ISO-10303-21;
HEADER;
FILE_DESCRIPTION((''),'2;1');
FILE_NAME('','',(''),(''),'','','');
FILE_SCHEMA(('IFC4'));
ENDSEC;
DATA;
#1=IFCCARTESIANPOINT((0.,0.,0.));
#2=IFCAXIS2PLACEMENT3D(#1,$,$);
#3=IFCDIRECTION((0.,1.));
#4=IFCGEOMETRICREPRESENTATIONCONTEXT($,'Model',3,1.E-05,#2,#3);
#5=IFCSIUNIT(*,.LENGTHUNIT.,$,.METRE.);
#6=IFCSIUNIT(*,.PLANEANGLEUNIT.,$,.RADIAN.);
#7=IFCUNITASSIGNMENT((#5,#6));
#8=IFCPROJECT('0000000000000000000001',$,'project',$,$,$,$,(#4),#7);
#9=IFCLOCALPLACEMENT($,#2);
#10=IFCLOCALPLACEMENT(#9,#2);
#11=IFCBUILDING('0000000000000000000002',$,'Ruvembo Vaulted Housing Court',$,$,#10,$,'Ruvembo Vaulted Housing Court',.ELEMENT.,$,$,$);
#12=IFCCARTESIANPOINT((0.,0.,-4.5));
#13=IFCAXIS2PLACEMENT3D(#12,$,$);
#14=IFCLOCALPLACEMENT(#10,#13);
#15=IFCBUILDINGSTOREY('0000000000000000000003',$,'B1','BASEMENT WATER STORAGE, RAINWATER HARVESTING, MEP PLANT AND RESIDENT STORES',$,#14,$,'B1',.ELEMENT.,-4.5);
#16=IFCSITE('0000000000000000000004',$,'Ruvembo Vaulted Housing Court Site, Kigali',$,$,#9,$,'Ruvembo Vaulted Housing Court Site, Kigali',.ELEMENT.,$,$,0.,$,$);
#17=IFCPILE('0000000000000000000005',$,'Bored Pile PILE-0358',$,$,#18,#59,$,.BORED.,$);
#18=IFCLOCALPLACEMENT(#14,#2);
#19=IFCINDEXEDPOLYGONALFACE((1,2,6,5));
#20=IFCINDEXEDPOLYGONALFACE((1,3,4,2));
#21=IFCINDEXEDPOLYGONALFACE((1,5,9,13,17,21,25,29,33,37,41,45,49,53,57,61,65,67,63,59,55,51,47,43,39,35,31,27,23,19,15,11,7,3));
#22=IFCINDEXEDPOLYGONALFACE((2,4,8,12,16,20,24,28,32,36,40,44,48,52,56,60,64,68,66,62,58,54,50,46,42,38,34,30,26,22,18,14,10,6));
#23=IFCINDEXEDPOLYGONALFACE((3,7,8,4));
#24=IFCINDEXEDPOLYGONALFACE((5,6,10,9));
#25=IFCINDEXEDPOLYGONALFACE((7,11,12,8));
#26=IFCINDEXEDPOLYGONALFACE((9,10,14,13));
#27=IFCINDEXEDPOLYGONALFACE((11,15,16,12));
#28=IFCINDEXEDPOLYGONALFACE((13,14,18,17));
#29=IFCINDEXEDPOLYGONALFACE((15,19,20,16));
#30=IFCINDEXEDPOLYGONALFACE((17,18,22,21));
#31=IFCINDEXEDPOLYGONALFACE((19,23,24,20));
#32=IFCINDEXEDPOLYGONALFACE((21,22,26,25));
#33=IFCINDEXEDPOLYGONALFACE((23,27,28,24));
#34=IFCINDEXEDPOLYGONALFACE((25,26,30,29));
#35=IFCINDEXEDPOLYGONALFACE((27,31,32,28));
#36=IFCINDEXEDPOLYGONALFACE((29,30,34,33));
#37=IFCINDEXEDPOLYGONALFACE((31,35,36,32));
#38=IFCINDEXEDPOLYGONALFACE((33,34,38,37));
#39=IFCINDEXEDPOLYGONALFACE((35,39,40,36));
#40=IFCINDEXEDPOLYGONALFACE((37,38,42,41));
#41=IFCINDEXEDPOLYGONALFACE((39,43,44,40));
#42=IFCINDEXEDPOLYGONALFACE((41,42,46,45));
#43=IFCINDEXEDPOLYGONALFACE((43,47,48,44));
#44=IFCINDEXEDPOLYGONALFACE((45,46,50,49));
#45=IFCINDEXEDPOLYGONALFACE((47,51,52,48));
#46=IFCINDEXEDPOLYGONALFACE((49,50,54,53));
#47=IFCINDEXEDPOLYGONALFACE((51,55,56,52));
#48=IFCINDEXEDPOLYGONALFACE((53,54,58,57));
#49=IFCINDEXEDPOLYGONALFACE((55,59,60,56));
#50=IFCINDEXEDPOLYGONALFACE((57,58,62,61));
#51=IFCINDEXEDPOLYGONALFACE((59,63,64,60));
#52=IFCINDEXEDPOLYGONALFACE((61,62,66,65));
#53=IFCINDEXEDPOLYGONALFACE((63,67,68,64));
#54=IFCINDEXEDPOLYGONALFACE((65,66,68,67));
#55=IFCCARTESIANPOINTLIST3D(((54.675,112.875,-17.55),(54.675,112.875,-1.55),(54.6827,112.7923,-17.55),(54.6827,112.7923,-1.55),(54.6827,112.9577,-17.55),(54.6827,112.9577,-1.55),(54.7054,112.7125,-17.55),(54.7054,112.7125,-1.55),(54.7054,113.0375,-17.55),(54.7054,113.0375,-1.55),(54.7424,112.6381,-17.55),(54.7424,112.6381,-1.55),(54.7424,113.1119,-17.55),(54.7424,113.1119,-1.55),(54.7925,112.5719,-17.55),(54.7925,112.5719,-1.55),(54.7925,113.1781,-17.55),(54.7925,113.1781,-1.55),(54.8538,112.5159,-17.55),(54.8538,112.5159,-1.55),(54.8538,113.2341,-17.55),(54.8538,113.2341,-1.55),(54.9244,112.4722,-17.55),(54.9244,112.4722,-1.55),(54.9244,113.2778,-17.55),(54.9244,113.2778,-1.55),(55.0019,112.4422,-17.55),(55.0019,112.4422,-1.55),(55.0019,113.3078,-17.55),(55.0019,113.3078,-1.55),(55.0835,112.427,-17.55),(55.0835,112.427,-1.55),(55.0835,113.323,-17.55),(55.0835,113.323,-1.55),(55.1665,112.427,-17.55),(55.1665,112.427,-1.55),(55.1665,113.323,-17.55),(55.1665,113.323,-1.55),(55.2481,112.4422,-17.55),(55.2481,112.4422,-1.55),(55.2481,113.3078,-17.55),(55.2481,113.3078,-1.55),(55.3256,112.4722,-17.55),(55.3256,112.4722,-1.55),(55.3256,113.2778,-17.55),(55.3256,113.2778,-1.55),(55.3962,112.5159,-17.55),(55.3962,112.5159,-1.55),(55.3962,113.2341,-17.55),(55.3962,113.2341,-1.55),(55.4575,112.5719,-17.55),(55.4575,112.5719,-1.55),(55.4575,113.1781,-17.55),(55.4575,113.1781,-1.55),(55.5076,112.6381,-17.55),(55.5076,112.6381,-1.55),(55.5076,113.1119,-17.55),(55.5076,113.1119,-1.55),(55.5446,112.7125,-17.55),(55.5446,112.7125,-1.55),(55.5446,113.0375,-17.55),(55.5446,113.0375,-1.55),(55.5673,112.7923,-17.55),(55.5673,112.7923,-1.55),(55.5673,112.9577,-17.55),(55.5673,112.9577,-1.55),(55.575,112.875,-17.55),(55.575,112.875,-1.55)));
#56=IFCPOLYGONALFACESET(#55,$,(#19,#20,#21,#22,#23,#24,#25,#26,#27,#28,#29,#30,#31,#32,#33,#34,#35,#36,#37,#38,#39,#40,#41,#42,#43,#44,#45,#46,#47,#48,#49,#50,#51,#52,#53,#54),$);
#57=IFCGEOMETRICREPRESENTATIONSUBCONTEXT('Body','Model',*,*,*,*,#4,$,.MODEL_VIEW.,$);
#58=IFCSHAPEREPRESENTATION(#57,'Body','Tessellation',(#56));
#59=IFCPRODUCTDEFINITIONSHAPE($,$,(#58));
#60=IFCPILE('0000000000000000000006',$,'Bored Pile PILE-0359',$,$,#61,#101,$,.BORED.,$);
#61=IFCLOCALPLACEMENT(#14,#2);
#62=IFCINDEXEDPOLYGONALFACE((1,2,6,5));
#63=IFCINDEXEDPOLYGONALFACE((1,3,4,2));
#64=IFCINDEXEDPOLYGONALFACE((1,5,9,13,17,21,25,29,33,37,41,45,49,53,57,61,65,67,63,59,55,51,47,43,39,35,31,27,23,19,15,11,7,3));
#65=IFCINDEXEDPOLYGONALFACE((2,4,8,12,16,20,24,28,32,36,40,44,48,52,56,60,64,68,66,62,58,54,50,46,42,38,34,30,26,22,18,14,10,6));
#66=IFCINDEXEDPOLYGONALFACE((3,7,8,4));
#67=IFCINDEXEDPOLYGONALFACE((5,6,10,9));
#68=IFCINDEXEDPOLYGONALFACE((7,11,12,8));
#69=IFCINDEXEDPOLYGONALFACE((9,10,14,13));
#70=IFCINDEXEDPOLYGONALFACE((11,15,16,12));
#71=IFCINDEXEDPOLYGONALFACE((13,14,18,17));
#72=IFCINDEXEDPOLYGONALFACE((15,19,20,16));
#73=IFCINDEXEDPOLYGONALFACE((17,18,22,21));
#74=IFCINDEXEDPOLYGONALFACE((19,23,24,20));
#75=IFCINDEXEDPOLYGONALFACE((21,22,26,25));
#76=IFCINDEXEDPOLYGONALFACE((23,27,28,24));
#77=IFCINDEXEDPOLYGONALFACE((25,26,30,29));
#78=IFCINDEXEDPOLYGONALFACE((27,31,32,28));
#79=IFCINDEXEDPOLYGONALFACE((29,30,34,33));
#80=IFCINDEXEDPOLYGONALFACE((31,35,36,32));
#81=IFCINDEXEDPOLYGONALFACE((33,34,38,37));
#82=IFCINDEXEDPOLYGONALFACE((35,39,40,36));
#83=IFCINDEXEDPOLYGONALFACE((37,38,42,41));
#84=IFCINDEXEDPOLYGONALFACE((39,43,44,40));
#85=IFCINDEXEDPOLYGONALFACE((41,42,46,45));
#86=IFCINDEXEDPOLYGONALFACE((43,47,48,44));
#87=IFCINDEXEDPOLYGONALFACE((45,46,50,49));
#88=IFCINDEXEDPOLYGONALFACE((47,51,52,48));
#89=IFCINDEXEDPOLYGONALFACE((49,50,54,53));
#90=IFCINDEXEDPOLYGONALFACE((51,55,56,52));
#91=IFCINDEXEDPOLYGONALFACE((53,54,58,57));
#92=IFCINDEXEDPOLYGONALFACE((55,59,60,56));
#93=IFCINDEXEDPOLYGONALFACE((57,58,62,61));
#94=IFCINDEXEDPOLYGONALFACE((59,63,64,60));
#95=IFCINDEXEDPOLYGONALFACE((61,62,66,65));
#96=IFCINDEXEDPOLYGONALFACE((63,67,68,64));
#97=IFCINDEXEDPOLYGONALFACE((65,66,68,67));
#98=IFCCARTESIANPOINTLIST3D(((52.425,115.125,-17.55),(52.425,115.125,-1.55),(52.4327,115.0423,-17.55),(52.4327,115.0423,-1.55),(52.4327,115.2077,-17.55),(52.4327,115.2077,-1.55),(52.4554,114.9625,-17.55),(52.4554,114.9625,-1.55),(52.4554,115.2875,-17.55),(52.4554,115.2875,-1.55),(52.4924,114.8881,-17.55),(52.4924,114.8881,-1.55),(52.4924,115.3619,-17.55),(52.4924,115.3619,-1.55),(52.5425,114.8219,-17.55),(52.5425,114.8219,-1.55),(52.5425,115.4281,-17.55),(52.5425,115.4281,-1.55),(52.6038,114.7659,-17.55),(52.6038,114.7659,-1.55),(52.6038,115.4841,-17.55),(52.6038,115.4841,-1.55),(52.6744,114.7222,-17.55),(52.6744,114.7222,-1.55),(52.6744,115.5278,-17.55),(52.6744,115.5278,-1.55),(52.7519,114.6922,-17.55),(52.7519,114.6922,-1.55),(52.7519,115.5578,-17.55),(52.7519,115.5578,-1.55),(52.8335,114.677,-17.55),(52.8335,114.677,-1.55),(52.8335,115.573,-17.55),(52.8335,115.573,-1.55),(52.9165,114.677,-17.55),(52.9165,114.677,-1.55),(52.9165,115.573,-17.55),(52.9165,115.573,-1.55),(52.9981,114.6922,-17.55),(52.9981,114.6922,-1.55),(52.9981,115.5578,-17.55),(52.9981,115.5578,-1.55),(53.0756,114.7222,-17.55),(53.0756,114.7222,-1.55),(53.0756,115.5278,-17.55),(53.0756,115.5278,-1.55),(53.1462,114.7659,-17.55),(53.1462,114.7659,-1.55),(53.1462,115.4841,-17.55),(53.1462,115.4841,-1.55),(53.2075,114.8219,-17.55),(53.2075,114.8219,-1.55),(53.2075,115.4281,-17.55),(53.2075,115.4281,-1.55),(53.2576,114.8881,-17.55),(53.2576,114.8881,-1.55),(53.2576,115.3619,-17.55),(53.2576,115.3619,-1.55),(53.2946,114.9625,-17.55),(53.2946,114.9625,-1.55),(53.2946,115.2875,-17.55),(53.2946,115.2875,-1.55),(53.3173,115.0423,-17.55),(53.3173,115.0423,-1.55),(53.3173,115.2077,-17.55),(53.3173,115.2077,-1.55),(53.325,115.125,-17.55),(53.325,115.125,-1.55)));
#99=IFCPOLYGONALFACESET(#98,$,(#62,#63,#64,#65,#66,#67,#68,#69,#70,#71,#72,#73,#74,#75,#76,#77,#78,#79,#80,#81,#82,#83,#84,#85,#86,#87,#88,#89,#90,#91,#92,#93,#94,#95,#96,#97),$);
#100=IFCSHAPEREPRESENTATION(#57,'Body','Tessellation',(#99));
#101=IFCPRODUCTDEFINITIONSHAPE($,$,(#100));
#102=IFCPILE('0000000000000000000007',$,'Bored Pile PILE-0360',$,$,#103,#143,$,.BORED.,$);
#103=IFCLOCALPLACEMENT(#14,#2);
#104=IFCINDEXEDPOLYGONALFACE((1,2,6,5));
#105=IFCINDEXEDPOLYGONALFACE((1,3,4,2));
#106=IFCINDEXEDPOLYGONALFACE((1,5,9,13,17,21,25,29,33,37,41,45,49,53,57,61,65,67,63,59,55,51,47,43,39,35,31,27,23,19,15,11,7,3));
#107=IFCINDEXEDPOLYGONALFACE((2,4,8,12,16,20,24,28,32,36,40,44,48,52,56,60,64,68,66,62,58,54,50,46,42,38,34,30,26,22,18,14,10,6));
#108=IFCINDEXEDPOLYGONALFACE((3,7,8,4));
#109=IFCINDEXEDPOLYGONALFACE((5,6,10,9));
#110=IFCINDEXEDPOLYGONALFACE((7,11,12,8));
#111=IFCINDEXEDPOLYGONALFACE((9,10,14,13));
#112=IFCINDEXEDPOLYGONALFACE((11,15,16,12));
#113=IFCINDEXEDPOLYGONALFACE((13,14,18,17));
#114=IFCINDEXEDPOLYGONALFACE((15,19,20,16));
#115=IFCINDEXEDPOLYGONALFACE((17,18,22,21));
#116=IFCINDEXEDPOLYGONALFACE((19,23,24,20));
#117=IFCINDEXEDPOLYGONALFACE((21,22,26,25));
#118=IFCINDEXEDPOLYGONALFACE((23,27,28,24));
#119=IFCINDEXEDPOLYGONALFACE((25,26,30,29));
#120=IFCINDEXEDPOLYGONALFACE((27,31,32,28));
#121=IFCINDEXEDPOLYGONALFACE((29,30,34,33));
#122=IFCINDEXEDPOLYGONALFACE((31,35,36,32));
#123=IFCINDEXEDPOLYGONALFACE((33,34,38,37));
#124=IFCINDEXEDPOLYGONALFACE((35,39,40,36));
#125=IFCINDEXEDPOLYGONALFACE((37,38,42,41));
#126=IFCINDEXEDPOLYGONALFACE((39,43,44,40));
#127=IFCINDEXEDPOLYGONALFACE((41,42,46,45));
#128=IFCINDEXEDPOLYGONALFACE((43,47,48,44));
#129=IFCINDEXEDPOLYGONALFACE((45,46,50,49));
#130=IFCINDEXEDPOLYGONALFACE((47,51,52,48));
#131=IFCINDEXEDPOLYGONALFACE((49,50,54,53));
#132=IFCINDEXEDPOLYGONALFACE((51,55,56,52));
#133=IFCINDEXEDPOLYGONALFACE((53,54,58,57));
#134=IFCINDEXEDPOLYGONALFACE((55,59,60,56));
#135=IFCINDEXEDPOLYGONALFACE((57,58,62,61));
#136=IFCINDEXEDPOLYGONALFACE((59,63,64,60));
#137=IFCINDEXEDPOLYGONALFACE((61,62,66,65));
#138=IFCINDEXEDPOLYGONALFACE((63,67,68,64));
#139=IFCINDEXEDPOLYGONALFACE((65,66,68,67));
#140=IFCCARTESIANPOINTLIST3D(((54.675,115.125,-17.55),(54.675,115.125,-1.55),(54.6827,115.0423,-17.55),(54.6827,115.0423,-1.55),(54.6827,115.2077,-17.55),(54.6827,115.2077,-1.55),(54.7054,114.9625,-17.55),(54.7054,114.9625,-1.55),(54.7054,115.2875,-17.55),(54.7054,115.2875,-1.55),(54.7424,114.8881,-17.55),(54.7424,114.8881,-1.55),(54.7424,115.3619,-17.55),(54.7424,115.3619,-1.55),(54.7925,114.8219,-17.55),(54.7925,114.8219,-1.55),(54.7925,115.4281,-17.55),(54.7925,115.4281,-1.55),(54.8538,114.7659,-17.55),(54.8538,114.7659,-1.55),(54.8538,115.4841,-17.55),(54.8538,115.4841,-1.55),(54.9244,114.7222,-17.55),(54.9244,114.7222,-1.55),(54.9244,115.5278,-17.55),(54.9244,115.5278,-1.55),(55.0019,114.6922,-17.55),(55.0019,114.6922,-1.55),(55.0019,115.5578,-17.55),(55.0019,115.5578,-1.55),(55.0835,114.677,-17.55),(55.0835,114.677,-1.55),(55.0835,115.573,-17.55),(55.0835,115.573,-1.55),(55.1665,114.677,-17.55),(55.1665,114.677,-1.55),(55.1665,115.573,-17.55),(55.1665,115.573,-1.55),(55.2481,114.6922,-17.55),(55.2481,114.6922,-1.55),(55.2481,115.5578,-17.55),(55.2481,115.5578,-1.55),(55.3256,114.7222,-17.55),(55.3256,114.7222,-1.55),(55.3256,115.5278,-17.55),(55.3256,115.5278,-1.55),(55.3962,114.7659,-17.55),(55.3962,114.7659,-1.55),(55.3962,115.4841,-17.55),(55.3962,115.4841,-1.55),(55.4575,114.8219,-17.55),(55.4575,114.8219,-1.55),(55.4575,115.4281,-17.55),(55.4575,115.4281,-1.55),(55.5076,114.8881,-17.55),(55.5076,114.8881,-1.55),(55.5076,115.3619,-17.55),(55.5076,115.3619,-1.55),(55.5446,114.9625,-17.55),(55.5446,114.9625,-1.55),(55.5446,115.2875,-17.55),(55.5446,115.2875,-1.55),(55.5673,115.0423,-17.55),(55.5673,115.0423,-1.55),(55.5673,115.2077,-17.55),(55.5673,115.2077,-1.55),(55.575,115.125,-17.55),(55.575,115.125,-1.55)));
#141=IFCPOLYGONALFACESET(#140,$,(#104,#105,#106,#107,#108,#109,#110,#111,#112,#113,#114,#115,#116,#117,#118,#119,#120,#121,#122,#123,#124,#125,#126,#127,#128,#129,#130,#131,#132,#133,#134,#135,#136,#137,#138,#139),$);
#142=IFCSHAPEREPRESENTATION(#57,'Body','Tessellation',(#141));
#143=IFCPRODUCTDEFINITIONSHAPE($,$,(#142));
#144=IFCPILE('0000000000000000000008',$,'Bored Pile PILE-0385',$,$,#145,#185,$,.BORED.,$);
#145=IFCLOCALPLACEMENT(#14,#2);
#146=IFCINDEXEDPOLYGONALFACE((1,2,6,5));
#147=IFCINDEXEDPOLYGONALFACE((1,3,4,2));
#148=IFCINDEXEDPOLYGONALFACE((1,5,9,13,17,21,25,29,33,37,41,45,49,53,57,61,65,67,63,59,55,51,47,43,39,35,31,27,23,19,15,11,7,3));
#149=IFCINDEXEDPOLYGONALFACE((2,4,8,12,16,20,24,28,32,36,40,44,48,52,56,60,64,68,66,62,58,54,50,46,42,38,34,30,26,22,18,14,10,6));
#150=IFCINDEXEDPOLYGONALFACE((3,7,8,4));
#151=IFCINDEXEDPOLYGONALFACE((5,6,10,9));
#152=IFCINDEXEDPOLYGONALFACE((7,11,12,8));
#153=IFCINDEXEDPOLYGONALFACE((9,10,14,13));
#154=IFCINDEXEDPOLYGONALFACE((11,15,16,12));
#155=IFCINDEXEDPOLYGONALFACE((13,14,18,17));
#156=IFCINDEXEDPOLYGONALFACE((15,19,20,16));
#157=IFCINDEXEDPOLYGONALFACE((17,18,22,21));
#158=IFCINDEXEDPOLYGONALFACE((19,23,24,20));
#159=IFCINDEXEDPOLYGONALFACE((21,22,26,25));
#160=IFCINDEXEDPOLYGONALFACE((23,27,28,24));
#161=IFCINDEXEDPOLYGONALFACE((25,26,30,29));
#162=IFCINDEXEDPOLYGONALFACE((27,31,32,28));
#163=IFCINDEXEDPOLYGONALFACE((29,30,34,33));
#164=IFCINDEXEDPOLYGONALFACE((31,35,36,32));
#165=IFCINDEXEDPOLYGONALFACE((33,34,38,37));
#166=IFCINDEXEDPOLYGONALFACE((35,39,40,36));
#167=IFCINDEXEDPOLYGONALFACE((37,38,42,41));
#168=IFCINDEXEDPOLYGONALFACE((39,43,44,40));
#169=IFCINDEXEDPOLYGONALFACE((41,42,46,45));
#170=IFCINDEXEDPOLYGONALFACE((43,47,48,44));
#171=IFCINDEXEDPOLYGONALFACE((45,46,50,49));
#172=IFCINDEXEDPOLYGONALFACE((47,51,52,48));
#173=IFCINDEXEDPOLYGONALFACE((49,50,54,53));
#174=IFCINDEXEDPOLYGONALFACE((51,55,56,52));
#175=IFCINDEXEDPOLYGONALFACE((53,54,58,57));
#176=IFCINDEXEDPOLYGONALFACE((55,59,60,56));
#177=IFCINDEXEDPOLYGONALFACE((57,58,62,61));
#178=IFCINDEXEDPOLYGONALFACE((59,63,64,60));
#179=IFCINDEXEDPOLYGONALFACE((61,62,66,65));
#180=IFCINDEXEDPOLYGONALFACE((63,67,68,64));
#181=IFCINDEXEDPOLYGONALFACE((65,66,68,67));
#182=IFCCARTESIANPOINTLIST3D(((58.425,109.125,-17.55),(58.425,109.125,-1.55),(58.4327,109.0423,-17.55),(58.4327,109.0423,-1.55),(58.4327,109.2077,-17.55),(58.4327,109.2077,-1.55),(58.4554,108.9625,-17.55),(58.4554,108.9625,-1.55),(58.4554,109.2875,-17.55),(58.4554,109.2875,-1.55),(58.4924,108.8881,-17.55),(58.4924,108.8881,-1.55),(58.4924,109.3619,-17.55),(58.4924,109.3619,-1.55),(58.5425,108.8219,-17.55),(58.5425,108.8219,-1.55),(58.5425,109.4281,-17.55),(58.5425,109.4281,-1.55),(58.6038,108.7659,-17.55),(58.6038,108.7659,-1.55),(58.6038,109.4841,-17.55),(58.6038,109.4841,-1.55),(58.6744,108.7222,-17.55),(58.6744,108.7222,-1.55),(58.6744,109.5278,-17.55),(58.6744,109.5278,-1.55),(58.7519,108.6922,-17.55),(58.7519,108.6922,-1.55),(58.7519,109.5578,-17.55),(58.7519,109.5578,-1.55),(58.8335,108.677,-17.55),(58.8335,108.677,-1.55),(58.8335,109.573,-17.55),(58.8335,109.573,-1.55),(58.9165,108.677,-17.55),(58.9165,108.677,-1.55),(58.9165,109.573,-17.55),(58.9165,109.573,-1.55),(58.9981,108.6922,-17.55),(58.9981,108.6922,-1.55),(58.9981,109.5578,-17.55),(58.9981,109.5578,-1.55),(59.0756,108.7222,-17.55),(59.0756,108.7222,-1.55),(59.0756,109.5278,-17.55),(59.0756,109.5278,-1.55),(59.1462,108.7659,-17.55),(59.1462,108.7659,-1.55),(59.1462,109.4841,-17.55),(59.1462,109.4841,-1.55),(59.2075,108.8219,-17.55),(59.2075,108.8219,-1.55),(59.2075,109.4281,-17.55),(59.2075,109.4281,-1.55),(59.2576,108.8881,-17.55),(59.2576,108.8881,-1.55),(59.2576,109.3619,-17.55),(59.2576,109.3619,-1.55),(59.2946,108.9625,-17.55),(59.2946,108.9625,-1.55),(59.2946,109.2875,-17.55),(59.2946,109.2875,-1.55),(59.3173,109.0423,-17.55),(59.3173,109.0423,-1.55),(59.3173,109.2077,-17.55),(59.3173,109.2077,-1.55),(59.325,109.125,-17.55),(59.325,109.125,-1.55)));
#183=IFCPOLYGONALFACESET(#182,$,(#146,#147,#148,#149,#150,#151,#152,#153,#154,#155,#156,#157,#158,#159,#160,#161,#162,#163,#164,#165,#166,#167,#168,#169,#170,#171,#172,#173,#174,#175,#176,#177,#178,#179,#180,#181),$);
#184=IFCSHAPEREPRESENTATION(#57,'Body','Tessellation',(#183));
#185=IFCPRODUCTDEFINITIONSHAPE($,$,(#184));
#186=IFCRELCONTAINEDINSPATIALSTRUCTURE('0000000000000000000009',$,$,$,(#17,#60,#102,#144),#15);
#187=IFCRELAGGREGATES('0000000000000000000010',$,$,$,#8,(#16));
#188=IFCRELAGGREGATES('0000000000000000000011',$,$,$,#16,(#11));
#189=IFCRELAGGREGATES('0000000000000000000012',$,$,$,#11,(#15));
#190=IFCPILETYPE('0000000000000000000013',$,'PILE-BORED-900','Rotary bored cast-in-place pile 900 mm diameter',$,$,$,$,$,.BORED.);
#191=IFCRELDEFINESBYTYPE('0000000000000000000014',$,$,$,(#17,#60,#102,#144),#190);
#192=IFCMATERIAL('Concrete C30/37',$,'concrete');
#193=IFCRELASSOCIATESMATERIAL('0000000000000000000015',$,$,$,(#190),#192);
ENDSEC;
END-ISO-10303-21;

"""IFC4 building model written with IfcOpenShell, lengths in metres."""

from ifc_helpers import new_model, si_unit, direction, frame, origin, origin_2d, place, context, subcontext, project, spatial, circle, extrude, material, material_profile, profile_set, type_object, element, save


model = new_model("IFC4")

# Units and contexts
model_context = context("Model", 3, precision=1e-05, world=origin(), true_north=direction((0.0, 1.0)))
body_context = subcontext(model_context, "Body", "Model", "MODEL_VIEW")
ifc_project = project(units=[si_unit("LENGTHUNIT", "METRE"), si_unit("PLANEANGLEUNIT", "RADIAN")], contexts=[model_context])

# Site, building, storey
site_placement = place(None, origin())
site = spatial("IfcSite", under=ifc_project, at=site_placement, Name="Ruvembo Vaulted Housing Court Site, Kigali", LongName="Ruvembo Vaulted Housing Court Site, Kigali", CompositionType="ELEMENT", RefElevation=0.0)
building_placement = place(site_placement, origin())
building = spatial("IfcBuilding", under=site, at=building_placement, Name="Ruvembo Vaulted Housing Court", LongName="Ruvembo Vaulted Housing Court", CompositionType="ELEMENT")
storey_placement = place(building_placement, frame((0.0, 0.0, -4.5)))
storey = spatial("IfcBuildingStorey", under=building, at=storey_placement, Name="B1", Description="BASEMENT WATER STORAGE, RAINWATER HARVESTING, MEP PLANT AND RESIDENT STORES", LongName="B1", CompositionType="ELEMENT", Elevation=-4.5)

# Piles
ifc_material_1 = material(Name="Concrete C30/37", Category="concrete")
ifc_material_profile_1 = material_profile(ifc_material_1, circle(Radius=0.45, at=origin_2d()), Name="PILE D900")
ifc_profile_set_1 = profile_set([ifc_material_profile_1], Name="Concrete C30/37")
pile_type = type_object("IfcPileType", Name="PILE-BORED-900", Description="Rotary bored cast-in-place pile 900 mm diameter", PredefinedType="BORED", material=ifc_profile_set_1)
for number, where, z_axis, x_axis, name in (
    (1, (55.125, 112.875, -1.55), (0.0, 0.0, -1.0), (1.0, 0.0, 0.0), "Bored Pile PILE-0358"),
    (2, (52.875, 115.125, -1.55), (0.0, 0.0, -1.0), (1.0, 0.0, 0.0), "Bored Pile PILE-0359"),
    (3, (55.125, 115.125, -1.55), (0.0, 0.0, -1.0), (1.0, 0.0, 0.0), "Bored Pile PILE-0360"),
    (4, (58.875, 109.125, -1.55), (0.0, 0.0, -1.0), (1.0, 0.0, 0.0), "Bored Pile PILE-0385"),
):
    element("IfcPile", number, at=place(storey_placement, frame(where, z_axis=z_axis, x_axis=x_axis)), inside=storey, type_object=pile_type, Name=name, PredefinedType="BORED", context=body_context, shape_type="SweptSolid", body=[
        extrude(circle(Radius=0.45, at=origin_2d()), origin(), (0.0, 0.0, 1.0), 16.0),
    ])

save(model, "model.ifc")
